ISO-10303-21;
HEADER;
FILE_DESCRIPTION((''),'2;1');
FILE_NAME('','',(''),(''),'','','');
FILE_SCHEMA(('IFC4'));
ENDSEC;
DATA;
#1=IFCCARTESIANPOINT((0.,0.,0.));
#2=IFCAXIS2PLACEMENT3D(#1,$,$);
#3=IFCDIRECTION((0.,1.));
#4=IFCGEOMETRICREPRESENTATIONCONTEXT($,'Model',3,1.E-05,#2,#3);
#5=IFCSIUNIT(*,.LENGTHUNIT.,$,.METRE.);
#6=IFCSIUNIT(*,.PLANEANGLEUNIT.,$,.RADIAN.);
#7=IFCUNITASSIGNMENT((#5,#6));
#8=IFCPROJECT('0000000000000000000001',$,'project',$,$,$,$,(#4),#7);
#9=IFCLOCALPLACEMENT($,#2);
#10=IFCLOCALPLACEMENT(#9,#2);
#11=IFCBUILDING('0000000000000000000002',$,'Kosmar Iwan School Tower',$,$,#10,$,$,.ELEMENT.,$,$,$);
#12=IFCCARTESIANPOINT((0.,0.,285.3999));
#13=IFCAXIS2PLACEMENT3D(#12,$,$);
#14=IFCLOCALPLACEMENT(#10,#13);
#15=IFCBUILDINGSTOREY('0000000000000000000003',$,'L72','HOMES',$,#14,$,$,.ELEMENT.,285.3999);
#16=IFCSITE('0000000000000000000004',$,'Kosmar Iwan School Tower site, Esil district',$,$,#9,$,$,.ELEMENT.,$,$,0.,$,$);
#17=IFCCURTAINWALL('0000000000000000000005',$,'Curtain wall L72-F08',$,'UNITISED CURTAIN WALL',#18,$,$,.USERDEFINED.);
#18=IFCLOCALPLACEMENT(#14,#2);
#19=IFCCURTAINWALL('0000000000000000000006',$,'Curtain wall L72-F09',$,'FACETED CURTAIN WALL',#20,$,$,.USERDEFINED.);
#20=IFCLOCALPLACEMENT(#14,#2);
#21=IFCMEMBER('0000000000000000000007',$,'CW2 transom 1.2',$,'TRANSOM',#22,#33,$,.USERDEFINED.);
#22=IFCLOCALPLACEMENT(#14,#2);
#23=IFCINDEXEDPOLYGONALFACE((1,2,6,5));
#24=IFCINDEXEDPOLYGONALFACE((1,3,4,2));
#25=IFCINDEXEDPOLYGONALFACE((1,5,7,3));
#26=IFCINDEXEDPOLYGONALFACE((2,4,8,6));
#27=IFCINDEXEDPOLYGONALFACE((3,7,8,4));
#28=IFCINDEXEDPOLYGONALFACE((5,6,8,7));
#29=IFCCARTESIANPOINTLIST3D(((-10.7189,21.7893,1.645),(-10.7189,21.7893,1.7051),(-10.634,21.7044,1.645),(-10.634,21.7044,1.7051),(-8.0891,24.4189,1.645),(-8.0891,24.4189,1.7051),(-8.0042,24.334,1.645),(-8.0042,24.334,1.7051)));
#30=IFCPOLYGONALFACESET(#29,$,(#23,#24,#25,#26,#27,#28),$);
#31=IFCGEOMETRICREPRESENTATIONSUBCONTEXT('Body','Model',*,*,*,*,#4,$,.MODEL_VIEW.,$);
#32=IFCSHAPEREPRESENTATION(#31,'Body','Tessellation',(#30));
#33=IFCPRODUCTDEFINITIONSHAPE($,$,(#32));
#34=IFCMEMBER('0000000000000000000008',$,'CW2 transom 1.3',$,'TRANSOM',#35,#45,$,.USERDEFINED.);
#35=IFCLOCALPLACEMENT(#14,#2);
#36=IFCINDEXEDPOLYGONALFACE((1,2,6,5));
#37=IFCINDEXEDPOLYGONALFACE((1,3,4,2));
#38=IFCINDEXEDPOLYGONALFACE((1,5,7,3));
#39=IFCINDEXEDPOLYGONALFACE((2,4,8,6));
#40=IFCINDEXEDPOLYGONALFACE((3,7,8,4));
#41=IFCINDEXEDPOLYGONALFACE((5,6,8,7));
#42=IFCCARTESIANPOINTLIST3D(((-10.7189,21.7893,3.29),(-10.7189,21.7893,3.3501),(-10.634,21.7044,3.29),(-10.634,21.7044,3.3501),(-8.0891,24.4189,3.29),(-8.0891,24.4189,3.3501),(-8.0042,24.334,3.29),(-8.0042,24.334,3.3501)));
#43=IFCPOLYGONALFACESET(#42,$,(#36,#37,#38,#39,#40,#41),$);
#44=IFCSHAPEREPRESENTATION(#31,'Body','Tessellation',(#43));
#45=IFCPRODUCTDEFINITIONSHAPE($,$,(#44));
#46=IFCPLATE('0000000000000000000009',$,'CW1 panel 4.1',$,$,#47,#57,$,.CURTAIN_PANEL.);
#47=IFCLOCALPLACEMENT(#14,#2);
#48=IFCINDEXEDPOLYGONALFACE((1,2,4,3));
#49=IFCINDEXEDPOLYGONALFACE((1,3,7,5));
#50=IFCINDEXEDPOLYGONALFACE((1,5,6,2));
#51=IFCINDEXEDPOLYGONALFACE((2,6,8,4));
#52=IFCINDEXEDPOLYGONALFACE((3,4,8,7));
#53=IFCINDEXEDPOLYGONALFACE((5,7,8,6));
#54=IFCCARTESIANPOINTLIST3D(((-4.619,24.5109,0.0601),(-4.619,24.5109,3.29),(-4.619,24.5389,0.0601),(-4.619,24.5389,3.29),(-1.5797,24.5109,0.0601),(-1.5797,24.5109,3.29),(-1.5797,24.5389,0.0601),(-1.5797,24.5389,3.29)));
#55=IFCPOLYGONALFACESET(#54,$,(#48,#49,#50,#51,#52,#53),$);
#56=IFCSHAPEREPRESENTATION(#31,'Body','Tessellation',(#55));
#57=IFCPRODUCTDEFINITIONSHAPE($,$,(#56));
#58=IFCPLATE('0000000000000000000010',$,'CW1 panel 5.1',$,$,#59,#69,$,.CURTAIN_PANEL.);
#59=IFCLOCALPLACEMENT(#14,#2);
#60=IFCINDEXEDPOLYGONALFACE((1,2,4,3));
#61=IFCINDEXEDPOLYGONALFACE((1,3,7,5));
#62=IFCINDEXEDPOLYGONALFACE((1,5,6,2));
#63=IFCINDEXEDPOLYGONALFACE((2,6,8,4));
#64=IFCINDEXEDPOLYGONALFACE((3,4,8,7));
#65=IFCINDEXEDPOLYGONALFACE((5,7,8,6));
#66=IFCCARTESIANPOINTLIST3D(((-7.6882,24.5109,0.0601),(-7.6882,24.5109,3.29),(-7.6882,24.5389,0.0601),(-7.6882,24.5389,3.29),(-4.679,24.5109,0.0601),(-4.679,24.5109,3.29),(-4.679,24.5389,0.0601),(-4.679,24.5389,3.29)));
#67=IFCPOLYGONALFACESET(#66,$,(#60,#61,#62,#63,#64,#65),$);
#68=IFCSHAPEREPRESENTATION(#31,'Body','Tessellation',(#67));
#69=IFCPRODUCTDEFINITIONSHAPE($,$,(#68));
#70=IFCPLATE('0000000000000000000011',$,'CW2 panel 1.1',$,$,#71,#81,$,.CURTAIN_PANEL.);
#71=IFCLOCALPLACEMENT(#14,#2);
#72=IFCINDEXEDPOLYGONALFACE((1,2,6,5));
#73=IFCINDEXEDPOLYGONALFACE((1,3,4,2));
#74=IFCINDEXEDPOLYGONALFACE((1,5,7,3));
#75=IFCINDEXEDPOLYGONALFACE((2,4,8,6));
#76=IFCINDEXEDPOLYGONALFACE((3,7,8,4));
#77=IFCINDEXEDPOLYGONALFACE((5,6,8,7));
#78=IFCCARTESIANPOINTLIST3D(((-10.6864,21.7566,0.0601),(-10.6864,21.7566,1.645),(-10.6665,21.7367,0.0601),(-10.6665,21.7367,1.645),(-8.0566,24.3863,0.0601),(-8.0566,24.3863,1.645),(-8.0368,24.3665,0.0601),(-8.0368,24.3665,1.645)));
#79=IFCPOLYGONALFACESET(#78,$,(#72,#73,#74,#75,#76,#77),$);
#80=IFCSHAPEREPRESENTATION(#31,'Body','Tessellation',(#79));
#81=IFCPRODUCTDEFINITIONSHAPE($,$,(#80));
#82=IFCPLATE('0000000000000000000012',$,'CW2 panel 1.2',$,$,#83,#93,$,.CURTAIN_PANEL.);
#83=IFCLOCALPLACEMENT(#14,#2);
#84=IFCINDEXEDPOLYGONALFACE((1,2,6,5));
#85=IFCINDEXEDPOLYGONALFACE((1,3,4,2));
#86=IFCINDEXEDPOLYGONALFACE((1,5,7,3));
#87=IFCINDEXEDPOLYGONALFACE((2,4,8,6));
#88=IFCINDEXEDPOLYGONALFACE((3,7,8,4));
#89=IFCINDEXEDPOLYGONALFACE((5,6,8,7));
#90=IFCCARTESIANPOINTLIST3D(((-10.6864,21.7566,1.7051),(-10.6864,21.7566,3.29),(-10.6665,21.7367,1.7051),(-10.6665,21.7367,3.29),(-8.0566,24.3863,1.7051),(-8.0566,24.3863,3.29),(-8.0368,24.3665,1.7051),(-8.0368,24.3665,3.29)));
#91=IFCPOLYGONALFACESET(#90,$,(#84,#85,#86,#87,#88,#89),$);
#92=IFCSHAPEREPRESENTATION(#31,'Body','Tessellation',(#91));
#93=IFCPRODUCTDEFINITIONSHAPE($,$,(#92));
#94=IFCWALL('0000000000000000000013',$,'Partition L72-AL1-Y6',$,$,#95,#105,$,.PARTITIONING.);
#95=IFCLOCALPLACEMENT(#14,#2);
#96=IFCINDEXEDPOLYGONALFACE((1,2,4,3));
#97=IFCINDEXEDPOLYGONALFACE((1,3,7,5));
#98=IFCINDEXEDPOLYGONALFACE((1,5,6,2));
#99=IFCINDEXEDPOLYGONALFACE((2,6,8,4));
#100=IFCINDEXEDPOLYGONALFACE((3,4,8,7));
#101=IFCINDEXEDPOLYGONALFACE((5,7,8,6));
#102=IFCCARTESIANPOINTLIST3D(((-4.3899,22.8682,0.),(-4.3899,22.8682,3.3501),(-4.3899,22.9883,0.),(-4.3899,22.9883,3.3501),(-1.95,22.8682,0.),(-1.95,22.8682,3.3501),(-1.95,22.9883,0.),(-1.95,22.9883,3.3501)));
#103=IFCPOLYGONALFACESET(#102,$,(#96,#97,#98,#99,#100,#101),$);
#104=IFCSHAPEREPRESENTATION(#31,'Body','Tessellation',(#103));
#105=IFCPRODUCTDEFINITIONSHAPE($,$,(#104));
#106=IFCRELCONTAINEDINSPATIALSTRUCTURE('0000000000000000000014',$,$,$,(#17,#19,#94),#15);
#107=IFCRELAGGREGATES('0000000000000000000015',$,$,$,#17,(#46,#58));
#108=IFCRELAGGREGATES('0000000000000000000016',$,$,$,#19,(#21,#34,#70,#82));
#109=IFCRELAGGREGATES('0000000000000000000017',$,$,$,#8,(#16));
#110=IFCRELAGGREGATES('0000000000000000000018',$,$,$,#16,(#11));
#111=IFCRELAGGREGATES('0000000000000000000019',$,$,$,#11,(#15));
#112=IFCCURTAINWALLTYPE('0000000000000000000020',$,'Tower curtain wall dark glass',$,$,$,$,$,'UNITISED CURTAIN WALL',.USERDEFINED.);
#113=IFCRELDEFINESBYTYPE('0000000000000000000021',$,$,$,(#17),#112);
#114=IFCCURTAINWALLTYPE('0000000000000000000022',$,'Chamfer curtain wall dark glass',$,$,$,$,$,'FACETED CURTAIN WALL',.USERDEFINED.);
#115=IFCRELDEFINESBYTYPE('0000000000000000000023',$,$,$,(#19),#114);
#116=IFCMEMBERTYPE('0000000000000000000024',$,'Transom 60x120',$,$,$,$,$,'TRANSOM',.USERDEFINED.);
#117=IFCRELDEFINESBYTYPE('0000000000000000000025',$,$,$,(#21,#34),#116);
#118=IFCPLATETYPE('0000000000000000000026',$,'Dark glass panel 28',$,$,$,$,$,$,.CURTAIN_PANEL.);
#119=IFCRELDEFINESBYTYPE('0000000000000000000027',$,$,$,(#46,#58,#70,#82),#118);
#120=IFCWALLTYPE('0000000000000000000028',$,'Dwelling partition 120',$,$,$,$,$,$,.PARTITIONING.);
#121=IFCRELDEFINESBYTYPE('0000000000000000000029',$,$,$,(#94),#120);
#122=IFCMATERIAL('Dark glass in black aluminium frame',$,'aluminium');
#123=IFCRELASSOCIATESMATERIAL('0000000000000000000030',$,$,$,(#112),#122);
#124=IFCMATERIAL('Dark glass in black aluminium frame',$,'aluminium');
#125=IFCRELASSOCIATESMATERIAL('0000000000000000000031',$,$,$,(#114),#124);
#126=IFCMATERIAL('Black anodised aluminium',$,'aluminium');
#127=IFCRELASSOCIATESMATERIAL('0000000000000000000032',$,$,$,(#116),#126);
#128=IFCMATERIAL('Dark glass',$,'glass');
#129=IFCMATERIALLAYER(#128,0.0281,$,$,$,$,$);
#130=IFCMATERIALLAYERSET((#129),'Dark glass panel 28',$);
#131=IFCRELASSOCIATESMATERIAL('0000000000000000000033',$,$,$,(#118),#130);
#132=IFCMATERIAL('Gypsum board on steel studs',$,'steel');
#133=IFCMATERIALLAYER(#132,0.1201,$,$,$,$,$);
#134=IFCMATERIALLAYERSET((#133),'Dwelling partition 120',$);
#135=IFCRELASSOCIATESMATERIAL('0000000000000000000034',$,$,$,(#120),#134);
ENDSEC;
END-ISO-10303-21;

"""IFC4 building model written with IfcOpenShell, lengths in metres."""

from ifc_helpers import new_model, si_unit, direction, frame, frame_2d, origin, origin_2d, place, context, subcontext, project, spatial, rectangle, extrude, material, layer, layer_set, material_profile, profile_set, type_object, element, aggregate, save


model = new_model("IFC4")

# Units and contexts
model_context = context("Model", 3, precision=1e-05, world=origin(), true_north=direction((0.0, 1.0)))
body_context = subcontext(model_context, "Body", "Model", "MODEL_VIEW")
ifc_project = project(units=[si_unit("LENGTHUNIT", "METRE"), si_unit("PLANEANGLEUNIT", "RADIAN")], contexts=[model_context])

# Site, building, storey
site_placement = place(None, origin())
site = spatial("IfcSite", under=ifc_project, at=site_placement, Name="Kosmar Iwan School Tower site, Esil district", CompositionType="ELEMENT", RefElevation=0.0)
building_placement = place(site_placement, origin())
building = spatial("IfcBuilding", under=site, at=building_placement, Name="Kosmar Iwan School Tower", CompositionType="ELEMENT")
storey_placement = place(building_placement, frame((0.0, 0.0, 285.3999)))
storey = spatial("IfcBuildingStorey", under=building, at=storey_placement, Name="L72", Description="HOMES", CompositionType="ELEMENT", Elevation=285.3999)

# Curtain walls
ifc_material_1 = material(Name="Dark glass in black aluminium frame", Category="aluminium")
curtain_wall_type_1 = type_object("IfcCurtainWallType", Name="Tower curtain wall dark glass", ElementType="UNITISED CURTAIN WALL", PredefinedType="USERDEFINED", material=ifc_material_1)
curtain_wall_1_placement = place(storey_placement, origin())
curtain_wall_1 = element("IfcCurtainWall", 1, at=curtain_wall_1_placement, inside=storey, type_object=curtain_wall_type_1, Name="Curtain wall L72-F08", ObjectType="UNITISED CURTAIN WALL", PredefinedType="USERDEFINED")
ifc_material_2 = material(Name="Dark glass in black aluminium frame", Category="aluminium")
curtain_wall_type_2 = type_object("IfcCurtainWallType", Name="Chamfer curtain wall dark glass", ElementType="FACETED CURTAIN WALL", PredefinedType="USERDEFINED", material=ifc_material_2)
curtain_wall_2_placement = place(storey_placement, origin())
curtain_wall_2 = element("IfcCurtainWall", 2, at=curtain_wall_2_placement, inside=storey, type_object=curtain_wall_type_2, Name="Curtain wall L72-F09", ObjectType="FACETED CURTAIN WALL", PredefinedType="USERDEFINED")

# Members
ifc_material_3 = material(Name="Black anodised aluminium", Category="aluminium")
ifc_material_profile_1 = material_profile(ifc_material_3, rectangle(XDim=0.1201, YDim=0.0601, at=origin_2d()), Name="TRANSOM 60x120")
ifc_profile_set_1 = profile_set([ifc_material_profile_1], Name="Black anodised aluminium")
member_type_1 = type_object("IfcMemberType", Name="Transom 60x120", ElementType="TRANSOM", PredefinedType="USERDEFINED", material=ifc_profile_set_1)
member_1_placement = place(storey_placement, frame((-8.0466, 24.3765, 1.675), z_axis=(-0.70714, -0.707074, 0.0), x_axis=(0.707074, -0.70714, 0.0)))
member_1 = element("IfcMember", 3, at=member_1_placement, type_object=member_type_1, Name="CW2 transom 1.2", ObjectType="TRANSOM", PredefinedType="USERDEFINED", context=body_context, shape_type="SweptSolid", body=[
    extrude(rectangle(XDim=0.1201, YDim=0.0601, at=origin_2d()), origin(), (0.0, 0.0, 1.0), 3.719),
])
member_2_placement = place(storey_placement, frame((-8.0466, 24.3765, 3.3201), z_axis=(-0.70714, -0.707074, 0.0), x_axis=(0.707074, -0.70714, 0.0)))
member_2 = element("IfcMember", 4, at=member_2_placement, type_object=member_type_1, Name="CW2 transom 1.3", ObjectType="TRANSOM", PredefinedType="USERDEFINED", context=body_context, shape_type="SweptSolid", body=[
    extrude(rectangle(XDim=0.1201, YDim=0.0601, at=origin_2d()), origin(), (0.0, 0.0, 1.0), 3.719),
])

# Plates
ifc_material_4 = material(Name="Dark glass", Category="glass")
ifc_layer_1 = layer(ifc_material_4, 0.0281)
ifc_layer_set_1 = layer_set([ifc_layer_1], Name="Dark glass panel 28")
plate_type = type_object("IfcPlateType", Name="Dark glass panel 28", PredefinedType="CURTAIN_PANEL", material=ifc_layer_set_1)
plate_1_placement = place(storey_placement, frame((-3.0994, 24.5249, 0.0601), z_axis=(0.0, 0.0, 1.0), x_axis=(-1.0, 0.0, 0.0)))
plate_1 = element("IfcPlate", 5, at=plate_1_placement, type_object=plate_type, Name="CW1 panel 4.1", PredefinedType="CURTAIN_PANEL", context=body_context, shape_type="SweptSolid", body=[
    extrude(rectangle(XDim=3.0393, YDim=0.0281, at=origin_2d()), origin(), (0.0, 0.0, 1.0), 3.23),
])
plate_2_placement = place(storey_placement, frame((-6.1836, 24.5249, 0.0601), z_axis=(0.0, 0.0, 1.0), x_axis=(-1.0, 0.0, 0.0)))
plate_2 = element("IfcPlate", 6, at=plate_2_placement, type_object=plate_type, Name="CW1 panel 5.1", PredefinedType="CURTAIN_PANEL", context=body_context, shape_type="SweptSolid", body=[
    extrude(rectangle(XDim=3.0093, YDim=0.0281, at=origin_2d()), origin(), (0.0, 0.0, 1.0), 3.23),
])
aggregate(curtain_wall_1, [plate_1, plate_2])
plate_3_placement = place(storey_placement, frame((-9.3616, 23.0615, 0.0601), z_axis=(0.0, 0.0, 1.0), x_axis=(-0.707107, -0.707107, 0.0)))
plate_3 = element("IfcPlate", 7, at=plate_3_placement, type_object=plate_type, Name="CW2 panel 1.1", PredefinedType="CURTAIN_PANEL", context=body_context, shape_type="SweptSolid", body=[
    extrude(rectangle(XDim=3.719, YDim=0.0281, at=origin_2d()), origin(), (0.0, 0.0, 1.0), 1.585),
])
plate_4_placement = place(storey_placement, frame((-9.3616, 23.0615, 1.7051), z_axis=(0.0, 0.0, 1.0), x_axis=(-0.707107, -0.707107, 0.0)))
plate_4 = element("IfcPlate", 8, at=plate_4_placement, type_object=plate_type, Name="CW2 panel 1.2", PredefinedType="CURTAIN_PANEL", context=body_context, shape_type="SweptSolid", body=[
    extrude(rectangle(XDim=3.719, YDim=0.0281, at=origin_2d()), origin(), (0.0, 0.0, 1.0), 1.585),
])
aggregate(curtain_wall_2, [member_1, member_2, plate_3, plate_4])

# Wall
ifc_material_5 = material(Name="Gypsum board on steel studs", Category="steel")
ifc_layer_2 = layer(ifc_material_5, 0.1201)
ifc_layer_set_2 = layer_set([ifc_layer_2], Name="Dwelling partition 120")
wall_type = type_object("IfcWallType", Name="Dwelling partition 120", PredefinedType="PARTITIONING", material=ifc_layer_set_2)
wall_placement = place(storey_placement, frame((-1.95, 22.9282, 0.0), z_axis=(0.0, 0.0, 1.0), x_axis=(-1.0, 0.0, 0.0)))
element("IfcWall", 9, at=wall_placement, inside=storey, type_object=wall_type, Name="Partition L72-AL1-Y6", PredefinedType="PARTITIONING", context=body_context, shape_type="SweptSolid", body=[
    extrude(rectangle(XDim=2.4399, YDim=0.1201, at=frame_2d((1.22, 0.0))), origin(), (0.0, 0.0, 1.0), 3.3501),
])

save(model, "model.ifc")
